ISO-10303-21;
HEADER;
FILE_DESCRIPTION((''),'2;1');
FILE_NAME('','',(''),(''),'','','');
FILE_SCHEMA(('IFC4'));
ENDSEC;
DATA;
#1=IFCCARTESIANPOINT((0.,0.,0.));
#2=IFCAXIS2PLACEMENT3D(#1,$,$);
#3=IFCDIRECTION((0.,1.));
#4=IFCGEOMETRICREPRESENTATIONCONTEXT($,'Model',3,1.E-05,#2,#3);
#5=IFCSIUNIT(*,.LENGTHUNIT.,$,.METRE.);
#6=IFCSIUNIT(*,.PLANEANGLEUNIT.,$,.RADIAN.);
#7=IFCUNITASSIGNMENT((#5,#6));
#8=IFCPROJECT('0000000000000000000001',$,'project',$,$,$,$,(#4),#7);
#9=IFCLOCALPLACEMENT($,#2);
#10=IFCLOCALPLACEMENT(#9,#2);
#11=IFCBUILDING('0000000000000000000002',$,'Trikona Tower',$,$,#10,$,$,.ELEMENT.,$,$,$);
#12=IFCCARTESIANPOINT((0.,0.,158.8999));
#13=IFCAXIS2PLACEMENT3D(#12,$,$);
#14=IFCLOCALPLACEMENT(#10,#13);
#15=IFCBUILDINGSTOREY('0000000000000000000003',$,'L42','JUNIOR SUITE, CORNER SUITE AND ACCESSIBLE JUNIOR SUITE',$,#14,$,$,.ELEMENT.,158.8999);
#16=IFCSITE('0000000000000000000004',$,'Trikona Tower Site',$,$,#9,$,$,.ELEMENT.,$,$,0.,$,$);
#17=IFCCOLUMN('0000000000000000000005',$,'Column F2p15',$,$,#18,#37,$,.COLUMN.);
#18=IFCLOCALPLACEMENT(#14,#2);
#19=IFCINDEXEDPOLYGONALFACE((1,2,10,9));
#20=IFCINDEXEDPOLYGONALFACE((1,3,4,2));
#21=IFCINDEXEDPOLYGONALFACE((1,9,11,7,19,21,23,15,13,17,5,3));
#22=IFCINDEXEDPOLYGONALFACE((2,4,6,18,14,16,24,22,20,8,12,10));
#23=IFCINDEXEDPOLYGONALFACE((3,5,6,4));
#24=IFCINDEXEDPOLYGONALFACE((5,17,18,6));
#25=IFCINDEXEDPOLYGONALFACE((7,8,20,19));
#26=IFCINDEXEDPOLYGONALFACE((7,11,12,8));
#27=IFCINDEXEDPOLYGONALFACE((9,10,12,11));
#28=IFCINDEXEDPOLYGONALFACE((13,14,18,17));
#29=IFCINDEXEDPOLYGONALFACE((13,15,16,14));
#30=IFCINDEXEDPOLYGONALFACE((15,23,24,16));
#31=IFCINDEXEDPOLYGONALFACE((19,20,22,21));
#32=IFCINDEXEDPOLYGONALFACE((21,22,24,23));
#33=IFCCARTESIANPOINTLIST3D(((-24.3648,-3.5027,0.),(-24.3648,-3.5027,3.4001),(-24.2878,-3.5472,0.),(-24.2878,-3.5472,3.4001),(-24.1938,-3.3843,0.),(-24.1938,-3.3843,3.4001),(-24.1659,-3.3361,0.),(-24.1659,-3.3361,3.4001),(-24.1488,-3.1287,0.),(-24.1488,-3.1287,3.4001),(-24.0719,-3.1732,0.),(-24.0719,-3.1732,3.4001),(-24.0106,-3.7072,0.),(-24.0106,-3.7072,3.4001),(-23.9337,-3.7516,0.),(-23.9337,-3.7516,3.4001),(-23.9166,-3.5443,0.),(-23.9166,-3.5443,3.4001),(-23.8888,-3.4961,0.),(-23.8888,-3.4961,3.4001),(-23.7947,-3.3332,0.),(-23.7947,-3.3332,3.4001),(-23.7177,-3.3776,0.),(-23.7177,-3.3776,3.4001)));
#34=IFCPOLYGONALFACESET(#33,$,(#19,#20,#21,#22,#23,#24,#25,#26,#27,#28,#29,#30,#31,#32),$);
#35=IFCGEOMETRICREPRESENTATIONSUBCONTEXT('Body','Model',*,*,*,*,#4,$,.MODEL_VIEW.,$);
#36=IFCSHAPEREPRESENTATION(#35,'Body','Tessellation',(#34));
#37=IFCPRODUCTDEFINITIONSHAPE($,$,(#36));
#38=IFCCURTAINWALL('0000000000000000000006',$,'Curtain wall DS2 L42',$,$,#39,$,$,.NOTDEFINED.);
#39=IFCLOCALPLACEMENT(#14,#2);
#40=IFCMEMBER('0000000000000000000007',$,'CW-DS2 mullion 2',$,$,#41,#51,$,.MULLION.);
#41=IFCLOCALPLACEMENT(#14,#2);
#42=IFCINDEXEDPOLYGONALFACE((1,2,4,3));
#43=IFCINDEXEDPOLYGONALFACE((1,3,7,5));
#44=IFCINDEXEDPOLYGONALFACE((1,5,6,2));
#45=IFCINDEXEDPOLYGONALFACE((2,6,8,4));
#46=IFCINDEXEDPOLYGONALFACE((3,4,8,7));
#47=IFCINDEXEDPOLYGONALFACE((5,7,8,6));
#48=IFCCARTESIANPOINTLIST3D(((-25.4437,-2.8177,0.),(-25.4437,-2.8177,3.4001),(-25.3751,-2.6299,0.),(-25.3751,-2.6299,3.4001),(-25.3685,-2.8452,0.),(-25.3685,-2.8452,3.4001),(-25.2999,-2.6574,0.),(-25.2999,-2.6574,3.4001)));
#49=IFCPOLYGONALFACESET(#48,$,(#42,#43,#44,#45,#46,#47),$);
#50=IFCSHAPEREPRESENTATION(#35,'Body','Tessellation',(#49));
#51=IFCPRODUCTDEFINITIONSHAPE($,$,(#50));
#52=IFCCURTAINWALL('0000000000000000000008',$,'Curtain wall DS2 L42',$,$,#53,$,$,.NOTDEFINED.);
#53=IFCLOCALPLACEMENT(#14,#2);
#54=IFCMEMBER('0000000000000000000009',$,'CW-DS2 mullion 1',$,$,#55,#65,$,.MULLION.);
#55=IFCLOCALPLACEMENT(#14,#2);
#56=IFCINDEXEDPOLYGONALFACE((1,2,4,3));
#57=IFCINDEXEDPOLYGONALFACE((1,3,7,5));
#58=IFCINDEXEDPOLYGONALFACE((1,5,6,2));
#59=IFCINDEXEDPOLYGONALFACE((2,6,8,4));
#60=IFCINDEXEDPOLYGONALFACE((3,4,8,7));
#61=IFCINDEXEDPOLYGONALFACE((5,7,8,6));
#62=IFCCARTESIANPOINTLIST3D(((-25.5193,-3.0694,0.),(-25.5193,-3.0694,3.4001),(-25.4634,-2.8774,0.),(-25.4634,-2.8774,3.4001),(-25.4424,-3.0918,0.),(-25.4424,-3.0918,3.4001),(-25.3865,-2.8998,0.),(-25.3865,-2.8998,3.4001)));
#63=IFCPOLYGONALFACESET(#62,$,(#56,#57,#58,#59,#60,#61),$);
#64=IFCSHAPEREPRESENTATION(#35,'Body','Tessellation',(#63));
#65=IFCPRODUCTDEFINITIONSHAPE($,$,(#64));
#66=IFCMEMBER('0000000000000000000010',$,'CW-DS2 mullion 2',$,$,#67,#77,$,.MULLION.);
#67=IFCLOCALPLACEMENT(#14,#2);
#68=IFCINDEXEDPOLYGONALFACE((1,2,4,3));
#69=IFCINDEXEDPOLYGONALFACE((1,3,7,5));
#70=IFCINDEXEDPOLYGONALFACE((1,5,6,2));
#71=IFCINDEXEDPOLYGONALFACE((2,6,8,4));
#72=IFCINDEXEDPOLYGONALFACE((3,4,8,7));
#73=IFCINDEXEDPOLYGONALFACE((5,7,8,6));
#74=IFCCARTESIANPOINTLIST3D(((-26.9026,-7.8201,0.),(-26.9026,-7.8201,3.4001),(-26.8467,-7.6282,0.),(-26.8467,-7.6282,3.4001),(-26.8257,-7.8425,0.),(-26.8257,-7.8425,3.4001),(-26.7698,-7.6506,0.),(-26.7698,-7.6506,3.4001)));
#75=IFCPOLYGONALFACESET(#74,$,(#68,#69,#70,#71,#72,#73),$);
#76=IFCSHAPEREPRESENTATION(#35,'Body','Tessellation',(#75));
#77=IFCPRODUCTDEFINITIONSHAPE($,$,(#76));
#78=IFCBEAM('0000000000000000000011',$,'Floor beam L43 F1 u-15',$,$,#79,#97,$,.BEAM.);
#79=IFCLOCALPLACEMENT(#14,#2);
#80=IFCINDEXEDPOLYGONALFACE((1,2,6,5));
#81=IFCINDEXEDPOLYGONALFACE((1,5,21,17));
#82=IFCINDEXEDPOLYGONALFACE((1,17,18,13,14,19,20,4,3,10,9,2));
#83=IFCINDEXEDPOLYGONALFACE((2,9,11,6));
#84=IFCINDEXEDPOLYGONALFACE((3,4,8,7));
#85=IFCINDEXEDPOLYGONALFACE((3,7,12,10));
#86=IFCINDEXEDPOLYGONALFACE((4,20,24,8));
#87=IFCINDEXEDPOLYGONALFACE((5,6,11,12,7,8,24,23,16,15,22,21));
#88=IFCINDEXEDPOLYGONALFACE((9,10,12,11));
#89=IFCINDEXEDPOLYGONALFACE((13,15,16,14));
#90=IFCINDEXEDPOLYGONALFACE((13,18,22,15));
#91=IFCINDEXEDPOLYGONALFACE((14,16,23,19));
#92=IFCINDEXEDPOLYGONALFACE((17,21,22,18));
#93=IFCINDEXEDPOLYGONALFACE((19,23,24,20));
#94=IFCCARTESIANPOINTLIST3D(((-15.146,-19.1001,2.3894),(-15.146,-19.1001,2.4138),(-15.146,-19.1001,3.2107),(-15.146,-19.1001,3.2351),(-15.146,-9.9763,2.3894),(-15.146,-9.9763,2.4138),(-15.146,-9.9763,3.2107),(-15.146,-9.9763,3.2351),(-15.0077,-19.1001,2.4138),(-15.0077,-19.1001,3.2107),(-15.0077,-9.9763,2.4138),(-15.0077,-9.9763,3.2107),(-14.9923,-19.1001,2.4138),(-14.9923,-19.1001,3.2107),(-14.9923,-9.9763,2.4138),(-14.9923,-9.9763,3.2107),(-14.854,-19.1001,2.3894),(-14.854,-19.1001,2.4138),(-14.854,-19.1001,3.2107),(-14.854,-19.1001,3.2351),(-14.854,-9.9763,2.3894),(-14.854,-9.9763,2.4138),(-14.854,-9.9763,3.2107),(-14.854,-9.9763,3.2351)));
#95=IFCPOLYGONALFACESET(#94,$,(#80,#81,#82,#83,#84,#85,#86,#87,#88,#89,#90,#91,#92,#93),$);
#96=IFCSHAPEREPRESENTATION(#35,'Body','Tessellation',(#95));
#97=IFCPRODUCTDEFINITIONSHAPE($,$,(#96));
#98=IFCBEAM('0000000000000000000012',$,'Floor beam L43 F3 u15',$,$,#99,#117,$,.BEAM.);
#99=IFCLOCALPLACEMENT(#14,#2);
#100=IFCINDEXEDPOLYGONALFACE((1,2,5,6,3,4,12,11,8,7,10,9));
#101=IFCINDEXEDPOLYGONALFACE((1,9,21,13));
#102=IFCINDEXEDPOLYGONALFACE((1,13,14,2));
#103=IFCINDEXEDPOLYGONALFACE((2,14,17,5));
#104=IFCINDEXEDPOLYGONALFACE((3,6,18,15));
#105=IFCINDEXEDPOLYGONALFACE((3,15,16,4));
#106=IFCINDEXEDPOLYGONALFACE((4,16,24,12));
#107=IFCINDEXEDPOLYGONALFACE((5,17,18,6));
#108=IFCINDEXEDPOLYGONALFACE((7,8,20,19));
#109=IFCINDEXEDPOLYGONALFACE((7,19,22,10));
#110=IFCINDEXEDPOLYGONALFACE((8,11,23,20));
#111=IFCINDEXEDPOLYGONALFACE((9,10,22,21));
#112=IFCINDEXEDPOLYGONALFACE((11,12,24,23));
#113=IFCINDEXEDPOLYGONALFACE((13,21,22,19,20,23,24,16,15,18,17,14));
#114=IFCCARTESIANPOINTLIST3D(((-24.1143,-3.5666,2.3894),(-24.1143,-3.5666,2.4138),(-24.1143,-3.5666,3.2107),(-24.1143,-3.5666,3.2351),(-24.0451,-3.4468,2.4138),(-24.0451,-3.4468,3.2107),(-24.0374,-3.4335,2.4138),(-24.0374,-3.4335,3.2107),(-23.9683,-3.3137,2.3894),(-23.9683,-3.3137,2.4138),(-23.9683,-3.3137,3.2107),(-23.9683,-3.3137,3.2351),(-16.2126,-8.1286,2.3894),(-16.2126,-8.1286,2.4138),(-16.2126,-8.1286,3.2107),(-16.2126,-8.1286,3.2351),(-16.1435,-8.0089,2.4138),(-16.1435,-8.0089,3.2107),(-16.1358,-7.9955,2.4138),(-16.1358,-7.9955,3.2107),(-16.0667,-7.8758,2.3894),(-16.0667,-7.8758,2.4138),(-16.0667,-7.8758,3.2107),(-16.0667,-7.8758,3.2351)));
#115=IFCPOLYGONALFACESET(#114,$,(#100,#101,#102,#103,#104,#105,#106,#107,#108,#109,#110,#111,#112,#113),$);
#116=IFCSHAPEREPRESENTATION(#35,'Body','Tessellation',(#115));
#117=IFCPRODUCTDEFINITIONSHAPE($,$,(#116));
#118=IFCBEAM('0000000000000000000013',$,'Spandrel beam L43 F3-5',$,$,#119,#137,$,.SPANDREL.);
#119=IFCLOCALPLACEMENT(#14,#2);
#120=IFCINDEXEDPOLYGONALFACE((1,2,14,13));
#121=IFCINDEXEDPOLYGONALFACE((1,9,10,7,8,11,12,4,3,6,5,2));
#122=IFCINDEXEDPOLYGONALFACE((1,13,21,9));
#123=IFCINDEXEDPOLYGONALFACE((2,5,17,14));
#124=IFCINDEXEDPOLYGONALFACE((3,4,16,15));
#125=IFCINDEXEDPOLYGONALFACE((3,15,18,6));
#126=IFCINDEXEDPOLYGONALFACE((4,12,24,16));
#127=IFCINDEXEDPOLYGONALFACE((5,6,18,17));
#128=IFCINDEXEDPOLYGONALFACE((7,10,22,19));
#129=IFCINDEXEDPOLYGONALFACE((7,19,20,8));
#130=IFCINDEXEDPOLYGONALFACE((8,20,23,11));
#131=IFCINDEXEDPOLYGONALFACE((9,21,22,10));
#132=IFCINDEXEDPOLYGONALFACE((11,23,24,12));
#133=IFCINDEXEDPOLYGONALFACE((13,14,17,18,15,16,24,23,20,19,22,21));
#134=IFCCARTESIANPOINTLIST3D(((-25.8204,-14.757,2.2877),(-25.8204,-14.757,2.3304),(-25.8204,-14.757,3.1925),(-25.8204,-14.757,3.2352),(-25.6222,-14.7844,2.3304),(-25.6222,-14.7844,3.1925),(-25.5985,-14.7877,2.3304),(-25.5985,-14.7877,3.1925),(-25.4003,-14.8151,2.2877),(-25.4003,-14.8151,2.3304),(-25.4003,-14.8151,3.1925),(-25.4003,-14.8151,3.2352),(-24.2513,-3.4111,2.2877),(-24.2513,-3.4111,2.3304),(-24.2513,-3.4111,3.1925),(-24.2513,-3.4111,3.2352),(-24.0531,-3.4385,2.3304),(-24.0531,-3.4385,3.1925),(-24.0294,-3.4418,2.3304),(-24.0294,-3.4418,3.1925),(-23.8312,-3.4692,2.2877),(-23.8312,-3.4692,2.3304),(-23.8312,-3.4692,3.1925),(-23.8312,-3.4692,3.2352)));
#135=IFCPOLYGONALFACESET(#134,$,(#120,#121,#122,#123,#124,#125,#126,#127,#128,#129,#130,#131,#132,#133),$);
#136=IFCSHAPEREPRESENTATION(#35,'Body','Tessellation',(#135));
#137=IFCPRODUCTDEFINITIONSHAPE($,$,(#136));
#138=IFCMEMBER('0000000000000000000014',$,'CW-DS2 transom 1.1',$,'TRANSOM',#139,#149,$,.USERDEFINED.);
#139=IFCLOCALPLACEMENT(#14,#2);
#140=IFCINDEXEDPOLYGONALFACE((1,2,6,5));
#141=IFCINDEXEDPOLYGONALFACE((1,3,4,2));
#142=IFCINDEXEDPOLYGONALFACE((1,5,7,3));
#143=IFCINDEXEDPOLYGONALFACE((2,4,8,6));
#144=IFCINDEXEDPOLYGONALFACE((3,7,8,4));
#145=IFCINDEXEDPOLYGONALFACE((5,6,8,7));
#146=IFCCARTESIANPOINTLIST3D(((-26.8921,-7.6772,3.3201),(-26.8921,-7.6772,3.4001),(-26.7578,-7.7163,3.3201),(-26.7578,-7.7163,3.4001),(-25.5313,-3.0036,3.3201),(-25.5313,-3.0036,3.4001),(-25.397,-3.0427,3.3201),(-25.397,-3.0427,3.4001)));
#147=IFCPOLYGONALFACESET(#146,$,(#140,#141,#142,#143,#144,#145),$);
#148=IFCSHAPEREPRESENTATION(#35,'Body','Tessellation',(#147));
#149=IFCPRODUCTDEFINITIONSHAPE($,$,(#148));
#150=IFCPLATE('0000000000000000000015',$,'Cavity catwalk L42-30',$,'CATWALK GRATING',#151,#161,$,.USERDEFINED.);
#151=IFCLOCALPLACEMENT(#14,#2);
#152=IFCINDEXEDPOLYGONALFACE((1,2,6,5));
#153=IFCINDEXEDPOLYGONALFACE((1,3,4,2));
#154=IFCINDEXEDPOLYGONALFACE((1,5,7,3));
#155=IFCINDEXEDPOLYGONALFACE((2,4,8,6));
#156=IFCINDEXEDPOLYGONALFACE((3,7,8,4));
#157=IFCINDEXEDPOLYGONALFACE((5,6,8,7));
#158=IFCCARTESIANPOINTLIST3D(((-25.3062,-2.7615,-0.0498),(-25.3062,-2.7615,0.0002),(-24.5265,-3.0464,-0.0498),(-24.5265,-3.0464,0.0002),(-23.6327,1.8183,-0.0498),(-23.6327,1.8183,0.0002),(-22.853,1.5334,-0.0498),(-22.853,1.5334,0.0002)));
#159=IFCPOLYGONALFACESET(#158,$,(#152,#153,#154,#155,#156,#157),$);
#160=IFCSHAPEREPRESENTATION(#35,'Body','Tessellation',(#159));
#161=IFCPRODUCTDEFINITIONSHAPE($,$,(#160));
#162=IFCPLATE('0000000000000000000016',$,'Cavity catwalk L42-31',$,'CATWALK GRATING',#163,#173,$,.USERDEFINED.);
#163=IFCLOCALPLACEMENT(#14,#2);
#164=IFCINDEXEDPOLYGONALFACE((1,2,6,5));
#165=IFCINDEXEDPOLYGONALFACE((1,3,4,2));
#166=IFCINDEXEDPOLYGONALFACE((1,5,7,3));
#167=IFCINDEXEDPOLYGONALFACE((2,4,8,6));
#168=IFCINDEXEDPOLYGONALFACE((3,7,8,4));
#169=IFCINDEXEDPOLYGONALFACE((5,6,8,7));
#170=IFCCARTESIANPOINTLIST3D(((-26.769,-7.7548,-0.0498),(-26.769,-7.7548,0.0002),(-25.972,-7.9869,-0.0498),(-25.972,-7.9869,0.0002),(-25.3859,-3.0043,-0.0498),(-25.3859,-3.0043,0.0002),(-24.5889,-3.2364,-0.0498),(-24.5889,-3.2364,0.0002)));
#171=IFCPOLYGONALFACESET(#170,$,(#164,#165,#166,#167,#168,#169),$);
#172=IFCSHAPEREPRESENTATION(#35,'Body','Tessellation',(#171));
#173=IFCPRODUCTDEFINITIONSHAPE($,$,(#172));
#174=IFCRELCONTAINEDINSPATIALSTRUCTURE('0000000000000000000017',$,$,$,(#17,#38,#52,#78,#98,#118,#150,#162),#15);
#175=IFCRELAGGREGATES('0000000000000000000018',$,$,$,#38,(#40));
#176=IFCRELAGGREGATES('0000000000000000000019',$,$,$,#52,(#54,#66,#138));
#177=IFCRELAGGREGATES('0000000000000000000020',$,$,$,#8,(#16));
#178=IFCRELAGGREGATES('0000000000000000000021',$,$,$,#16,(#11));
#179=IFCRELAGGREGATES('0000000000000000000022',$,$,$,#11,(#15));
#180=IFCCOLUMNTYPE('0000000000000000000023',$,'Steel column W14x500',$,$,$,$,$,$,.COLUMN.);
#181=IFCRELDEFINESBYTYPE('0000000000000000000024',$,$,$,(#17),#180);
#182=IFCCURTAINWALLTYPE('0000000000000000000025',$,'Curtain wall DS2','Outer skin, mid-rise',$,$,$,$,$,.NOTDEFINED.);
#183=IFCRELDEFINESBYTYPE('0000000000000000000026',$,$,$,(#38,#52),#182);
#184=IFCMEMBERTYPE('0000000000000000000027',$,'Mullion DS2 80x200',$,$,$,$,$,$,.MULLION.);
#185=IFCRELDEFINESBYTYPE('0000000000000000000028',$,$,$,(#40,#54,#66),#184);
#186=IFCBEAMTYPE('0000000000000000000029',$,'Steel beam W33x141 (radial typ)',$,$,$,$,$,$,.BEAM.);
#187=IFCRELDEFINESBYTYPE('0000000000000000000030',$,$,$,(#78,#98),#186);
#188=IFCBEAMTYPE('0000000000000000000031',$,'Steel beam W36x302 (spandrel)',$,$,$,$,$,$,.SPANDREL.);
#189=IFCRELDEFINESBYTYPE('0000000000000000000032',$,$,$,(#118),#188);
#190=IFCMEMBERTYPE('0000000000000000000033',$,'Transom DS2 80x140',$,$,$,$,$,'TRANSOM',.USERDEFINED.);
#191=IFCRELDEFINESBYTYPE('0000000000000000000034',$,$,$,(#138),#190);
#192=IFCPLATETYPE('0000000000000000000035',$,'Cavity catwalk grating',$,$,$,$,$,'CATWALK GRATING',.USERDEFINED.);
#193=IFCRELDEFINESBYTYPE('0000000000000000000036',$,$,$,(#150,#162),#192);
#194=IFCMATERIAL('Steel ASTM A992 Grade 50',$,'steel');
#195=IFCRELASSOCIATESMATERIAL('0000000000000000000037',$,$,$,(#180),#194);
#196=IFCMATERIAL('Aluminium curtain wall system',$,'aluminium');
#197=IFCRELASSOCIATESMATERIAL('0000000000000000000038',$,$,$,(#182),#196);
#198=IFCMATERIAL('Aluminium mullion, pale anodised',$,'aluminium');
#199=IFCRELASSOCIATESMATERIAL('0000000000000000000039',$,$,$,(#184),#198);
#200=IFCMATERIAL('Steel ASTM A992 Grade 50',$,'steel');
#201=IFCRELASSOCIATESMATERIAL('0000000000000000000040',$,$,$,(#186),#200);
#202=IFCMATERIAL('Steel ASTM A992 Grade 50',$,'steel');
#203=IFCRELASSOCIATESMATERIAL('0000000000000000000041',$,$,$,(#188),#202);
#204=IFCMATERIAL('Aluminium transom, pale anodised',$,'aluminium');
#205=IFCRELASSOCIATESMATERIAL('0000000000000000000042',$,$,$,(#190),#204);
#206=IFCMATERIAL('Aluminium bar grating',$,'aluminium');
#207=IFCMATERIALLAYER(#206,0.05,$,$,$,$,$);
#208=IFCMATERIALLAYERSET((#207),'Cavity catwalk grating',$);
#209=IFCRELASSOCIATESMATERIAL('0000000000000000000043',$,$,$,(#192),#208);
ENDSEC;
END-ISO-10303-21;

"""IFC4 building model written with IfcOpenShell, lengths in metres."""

from ifc_helpers import new_model, si_unit, direction, frame, origin, origin_2d, place, context, subcontext, project, spatial, rectangle, i_section, extrude, material, layer, layer_set, material_profile, profile_set, type_object, element, aggregate, save


model = new_model("IFC4")

# Units and contexts
model_context = context("Model", 3, precision=1e-05, world=origin(), true_north=direction((0.0, 1.0)))
body_context = subcontext(model_context, "Body", "Model", "MODEL_VIEW")
ifc_project = project(units=[si_unit("LENGTHUNIT", "METRE"), si_unit("PLANEANGLEUNIT", "RADIAN")], contexts=[model_context])

# Site, building, storey
site_placement = place(None, origin())
site = spatial("IfcSite", under=ifc_project, at=site_placement, Name="Trikona Tower Site", CompositionType="ELEMENT", RefElevation=0.0)
building_placement = place(site_placement, origin())
building = spatial("IfcBuilding", under=site, at=building_placement, Name="Trikona Tower", CompositionType="ELEMENT")
storey_placement = place(building_placement, frame((0.0, 0.0, 158.8999)))
storey = spatial("IfcBuildingStorey", under=building, at=storey_placement, Name="L42", Description="JUNIOR SUITE, CORNER SUITE AND ACCESSIBLE JUNIOR SUITE", CompositionType="ELEMENT", Elevation=158.8999)

# Column
ifc_material_1 = material(Name="Steel ASTM A992 Grade 50", Category="steel")
ifc_material_profile_1 = material_profile(ifc_material_1, i_section(OverallWidth=0.4319, OverallDepth=0.4978, WebThickness=0.0557, FlangeThickness=0.0889, at=origin_2d()), Name="W14X500")
ifc_profile_set_1 = profile_set([ifc_material_profile_1], Name="Steel ASTM A992 Grade 50")
column_type = type_object("IfcColumnType", Name="Steel column W14x500", PredefinedType="COLUMN", material=ifc_profile_set_1)
column_placement = place(storey_placement, frame((-24.0413, -3.4402, 0.0), z_axis=(0.0, 0.0, 1.0), x_axis=(-0.5, -0.866025, 0.0)))
element("IfcColumn", 1, at=column_placement, inside=storey, type_object=column_type, Name="Column F2p15", PredefinedType="COLUMN", context=body_context, shape_type="SweptSolid", body=[
    extrude(i_section(OverallWidth=0.4319, OverallDepth=0.4978, WebThickness=0.0557, FlangeThickness=0.0889, at=origin_2d()), origin(), (0.0, 0.0, 1.0), 3.4001),
])

# Curtain wall, member
ifc_material_2 = material(Name="Aluminium curtain wall system", Category="aluminium")
curtain_wall_type = type_object("IfcCurtainWallType", Name="Curtain wall DS2", Description="Outer skin, mid-rise", PredefinedType="NOTDEFINED", material=ifc_material_2)
curtain_wall_1_placement = place(storey_placement, origin())
curtain_wall_1 = element("IfcCurtainWall", 2, at=curtain_wall_1_placement, inside=storey, type_object=curtain_wall_type, Name="Curtain wall DS2 L42", PredefinedType="NOTDEFINED")
ifc_material_3 = material(Name="Aluminium mullion, pale anodised", Category="aluminium")
ifc_material_profile_2 = material_profile(ifc_material_3, rectangle(XDim=0.0801, YDim=0.2, at=origin_2d()), Name="MUL-DS2")
ifc_profile_set_2 = profile_set([ifc_material_profile_2], Name="Aluminium mullion, pale anodised")
member_type_1 = type_object("IfcMemberType", Name="Mullion DS2 80x200", PredefinedType="MULLION", material=ifc_profile_set_2)
member_1_placement = place(storey_placement, frame((-25.3718, -2.7375, 0.0), z_axis=(0.0, 0.0, 1.0), x_axis=(0.939254, -0.343223, 0.0)))
member_1 = element("IfcMember", 3, at=member_1_placement, type_object=member_type_1, Name="CW-DS2 mullion 2", PredefinedType="MULLION", context=body_context, shape_type="SweptSolid", body=[
    extrude(rectangle(XDim=0.0801, YDim=0.2, at=origin_2d()), origin(), (0.0, 0.0, 1.0), 3.4001),
])
aggregate(curtain_wall_1, [member_1])

# Curtain wall, members
curtain_wall_2_placement = place(storey_placement, origin())
curtain_wall_2 = element("IfcCurtainWall", 4, at=curtain_wall_2_placement, inside=storey, type_object=curtain_wall_type, Name="Curtain wall DS2 L42", PredefinedType="NOTDEFINED")
member_2_placement = place(storey_placement, frame((-25.4529, -2.9846, 0.0), z_axis=(0.0, 0.0, 1.0), x_axis=(0.960133, -0.279543, 0.0)))
member_2 = element("IfcMember", 5, at=member_2_placement, type_object=member_type_1, Name="CW-DS2 mullion 1", PredefinedType="MULLION", context=body_context, shape_type="SweptSolid", body=[
    extrude(rectangle(XDim=0.0801, YDim=0.2, at=origin_2d()), origin(), (0.0, 0.0, 1.0), 3.4001),
])
member_3_placement = place(storey_placement, frame((-26.8362, -7.7354, 0.0), z_axis=(0.0, 0.0, 1.0), x_axis=(0.960133, -0.279543, 0.0)))
member_3 = element("IfcMember", 6, at=member_3_placement, type_object=member_type_1, Name="CW-DS2 mullion 2", PredefinedType="MULLION", context=body_context, shape_type="SweptSolid", body=[
    extrude(rectangle(XDim=0.0801, YDim=0.2, at=origin_2d()), origin(), (0.0, 0.0, 1.0), 3.4001),
])

# Beams
ifc_material_4 = material(Name="Steel ASTM A992 Grade 50", Category="steel")
ifc_material_profile_3 = material_profile(ifc_material_4, i_section(OverallWidth=0.292, OverallDepth=0.8457, WebThickness=0.0154, FlangeThickness=0.0244, at=origin_2d()), Name="W33X141")
ifc_profile_set_3 = profile_set([ifc_material_profile_3], Name="Steel ASTM A992 Grade 50")
beam_type_1 = type_object("IfcBeamType", Name="Steel beam W33x141 (radial typ)", PredefinedType="BEAM", material=ifc_profile_set_3)
beam_1_placement = place(storey_placement, frame((-15.0, -9.9763, 2.8123), z_axis=(0.0, -1.0, 0.0), x_axis=(1.0, 0.0, 0.0)))
element("IfcBeam", 7, at=beam_1_placement, inside=storey, type_object=beam_type_1, Name="Floor beam L43 F1 u-15", PredefinedType="BEAM", context=body_context, shape_type="SweptSolid", body=[
    extrude(i_section(OverallWidth=0.292, OverallDepth=0.8457, WebThickness=0.0154, FlangeThickness=0.0244, at=origin_2d()), origin(), (0.0, 0.0, 1.0), 9.1238),
])
beam_2_placement = place(storey_placement, frame((-16.1396, -8.0022, 2.8123), z_axis=(-0.866025, 0.500001, 0.0), x_axis=(-0.500001, -0.866025, 0.0)))
element("IfcBeam", 8, at=beam_2_placement, inside=storey, type_object=beam_type_1, Name="Floor beam L43 F3 u15", PredefinedType="BEAM", context=body_context, shape_type="SweptSolid", body=[
    extrude(i_section(OverallWidth=0.292, OverallDepth=0.8457, WebThickness=0.0154, FlangeThickness=0.0244, at=origin_2d()), origin(), (0.0, 0.0, 1.0), 9.124),
])
ifc_material_5 = material(Name="Steel ASTM A992 Grade 50", Category="steel")
ifc_material_profile_4 = material_profile(ifc_material_5, i_section(OverallWidth=0.4241, OverallDepth=0.9475, WebThickness=0.0239, FlangeThickness=0.0427, at=origin_2d()), Name="W36X302")
ifc_profile_set_4 = profile_set([ifc_material_profile_4], Name="Steel ASTM A992 Grade 50")
beam_type_2 = type_object("IfcBeamType", Name="Steel beam W36x302 (spandrel)", PredefinedType="SPANDREL", material=ifc_profile_set_4)
beam_3_placement = place(storey_placement, frame((-24.0413, -3.4402, 2.7615), z_axis=(-0.136992, -0.990572, 0.0), x_axis=(0.990572, -0.136992, 0.0)))
element("IfcBeam", 9, at=beam_3_placement, inside=storey, type_object=beam_type_2, Name="Spandrel beam L43 F3-5", PredefinedType="SPANDREL", context=body_context, shape_type="SweptSolid", body=[
    extrude(i_section(OverallWidth=0.4241, OverallDepth=0.9475, WebThickness=0.0239, FlangeThickness=0.0427, at=origin_2d()), origin(), (0.0, 0.0, 1.0), 11.4539),
])

# Member
ifc_material_6 = material(Name="Aluminium transom, pale anodised", Category="aluminium")
ifc_material_profile_5 = material_profile(ifc_material_6, rectangle(XDim=0.1399, YDim=0.0801, at=origin_2d()), Name="TRN-DS2")
ifc_profile_set_5 = profile_set([ifc_material_profile_5], Name="Aluminium transom, pale anodised")
member_type_2 = type_object("IfcMemberType", Name="Transom DS2 80x140", ElementType="TRANSOM", PredefinedType="USERDEFINED", material=ifc_profile_set_5)
member_4_placement = place(storey_placement, frame((-25.4641, -3.0232, 3.3601), z_axis=(-0.279567, -0.960126, 0.0), x_axis=(0.960126, -0.279567, 0.0)))
member_4 = element("IfcMember", 10, at=member_4_placement, type_object=member_type_2, Name="CW-DS2 transom 1.1", ObjectType="TRANSOM", PredefinedType="USERDEFINED", context=body_context, shape_type="SweptSolid", body=[
    extrude(rectangle(XDim=0.1399, YDim=0.0801, at=origin_2d()), origin(), (0.0, 0.0, 1.0), 4.8677),
])

# Plates
ifc_material_7 = material(Name="Aluminium bar grating", Category="aluminium")
ifc_layer_1 = layer(ifc_material_7, 0.05)
ifc_layer_set_1 = layer_set([ifc_layer_1], Name="Cavity catwalk grating")
plate_type_1 = type_object("IfcPlateType", Name="Cavity catwalk grating", ElementType="CATWALK GRATING", PredefinedType="USERDEFINED", material=ifc_layer_set_1)
plate_1_placement = place(storey_placement, frame((-24.0796, -0.614, -0.0498), z_axis=(0.0, 0.0, 1.0), x_axis=(-0.34322, -0.939255, 0.0)))
element("IfcPlate", 11, at=plate_1_placement, inside=storey, type_object=plate_type_1, Name="Cavity catwalk L42-30", ObjectType="CATWALK GRATING", PredefinedType="USERDEFINED", context=body_context, shape_type="SweptSolid", body=[
    extrude(rectangle(XDim=4.876, YDim=0.8301, at=origin_2d()), origin(), (0.0, 0.0, 1.0), 0.05),
])
plate_2_placement = place(storey_placement, frame((-25.679, -5.4956, -0.0498), z_axis=(0.0, 0.0, 1.0), x_axis=(-0.279554, -0.96013, 0.0)))
element("IfcPlate", 12, at=plate_2_placement, inside=storey, type_object=plate_type_1, Name="Cavity catwalk L42-31", ObjectType="CATWALK GRATING", PredefinedType="USERDEFINED", context=body_context, shape_type="SweptSolid", body=[
    extrude(rectangle(XDim=4.9478, YDim=0.8301, at=origin_2d()), origin(), (0.0, 0.0, 1.0), 0.05),
])

aggregate(curtain_wall_2, [member_2, member_3, member_4])

save(model, "model.ifc")
